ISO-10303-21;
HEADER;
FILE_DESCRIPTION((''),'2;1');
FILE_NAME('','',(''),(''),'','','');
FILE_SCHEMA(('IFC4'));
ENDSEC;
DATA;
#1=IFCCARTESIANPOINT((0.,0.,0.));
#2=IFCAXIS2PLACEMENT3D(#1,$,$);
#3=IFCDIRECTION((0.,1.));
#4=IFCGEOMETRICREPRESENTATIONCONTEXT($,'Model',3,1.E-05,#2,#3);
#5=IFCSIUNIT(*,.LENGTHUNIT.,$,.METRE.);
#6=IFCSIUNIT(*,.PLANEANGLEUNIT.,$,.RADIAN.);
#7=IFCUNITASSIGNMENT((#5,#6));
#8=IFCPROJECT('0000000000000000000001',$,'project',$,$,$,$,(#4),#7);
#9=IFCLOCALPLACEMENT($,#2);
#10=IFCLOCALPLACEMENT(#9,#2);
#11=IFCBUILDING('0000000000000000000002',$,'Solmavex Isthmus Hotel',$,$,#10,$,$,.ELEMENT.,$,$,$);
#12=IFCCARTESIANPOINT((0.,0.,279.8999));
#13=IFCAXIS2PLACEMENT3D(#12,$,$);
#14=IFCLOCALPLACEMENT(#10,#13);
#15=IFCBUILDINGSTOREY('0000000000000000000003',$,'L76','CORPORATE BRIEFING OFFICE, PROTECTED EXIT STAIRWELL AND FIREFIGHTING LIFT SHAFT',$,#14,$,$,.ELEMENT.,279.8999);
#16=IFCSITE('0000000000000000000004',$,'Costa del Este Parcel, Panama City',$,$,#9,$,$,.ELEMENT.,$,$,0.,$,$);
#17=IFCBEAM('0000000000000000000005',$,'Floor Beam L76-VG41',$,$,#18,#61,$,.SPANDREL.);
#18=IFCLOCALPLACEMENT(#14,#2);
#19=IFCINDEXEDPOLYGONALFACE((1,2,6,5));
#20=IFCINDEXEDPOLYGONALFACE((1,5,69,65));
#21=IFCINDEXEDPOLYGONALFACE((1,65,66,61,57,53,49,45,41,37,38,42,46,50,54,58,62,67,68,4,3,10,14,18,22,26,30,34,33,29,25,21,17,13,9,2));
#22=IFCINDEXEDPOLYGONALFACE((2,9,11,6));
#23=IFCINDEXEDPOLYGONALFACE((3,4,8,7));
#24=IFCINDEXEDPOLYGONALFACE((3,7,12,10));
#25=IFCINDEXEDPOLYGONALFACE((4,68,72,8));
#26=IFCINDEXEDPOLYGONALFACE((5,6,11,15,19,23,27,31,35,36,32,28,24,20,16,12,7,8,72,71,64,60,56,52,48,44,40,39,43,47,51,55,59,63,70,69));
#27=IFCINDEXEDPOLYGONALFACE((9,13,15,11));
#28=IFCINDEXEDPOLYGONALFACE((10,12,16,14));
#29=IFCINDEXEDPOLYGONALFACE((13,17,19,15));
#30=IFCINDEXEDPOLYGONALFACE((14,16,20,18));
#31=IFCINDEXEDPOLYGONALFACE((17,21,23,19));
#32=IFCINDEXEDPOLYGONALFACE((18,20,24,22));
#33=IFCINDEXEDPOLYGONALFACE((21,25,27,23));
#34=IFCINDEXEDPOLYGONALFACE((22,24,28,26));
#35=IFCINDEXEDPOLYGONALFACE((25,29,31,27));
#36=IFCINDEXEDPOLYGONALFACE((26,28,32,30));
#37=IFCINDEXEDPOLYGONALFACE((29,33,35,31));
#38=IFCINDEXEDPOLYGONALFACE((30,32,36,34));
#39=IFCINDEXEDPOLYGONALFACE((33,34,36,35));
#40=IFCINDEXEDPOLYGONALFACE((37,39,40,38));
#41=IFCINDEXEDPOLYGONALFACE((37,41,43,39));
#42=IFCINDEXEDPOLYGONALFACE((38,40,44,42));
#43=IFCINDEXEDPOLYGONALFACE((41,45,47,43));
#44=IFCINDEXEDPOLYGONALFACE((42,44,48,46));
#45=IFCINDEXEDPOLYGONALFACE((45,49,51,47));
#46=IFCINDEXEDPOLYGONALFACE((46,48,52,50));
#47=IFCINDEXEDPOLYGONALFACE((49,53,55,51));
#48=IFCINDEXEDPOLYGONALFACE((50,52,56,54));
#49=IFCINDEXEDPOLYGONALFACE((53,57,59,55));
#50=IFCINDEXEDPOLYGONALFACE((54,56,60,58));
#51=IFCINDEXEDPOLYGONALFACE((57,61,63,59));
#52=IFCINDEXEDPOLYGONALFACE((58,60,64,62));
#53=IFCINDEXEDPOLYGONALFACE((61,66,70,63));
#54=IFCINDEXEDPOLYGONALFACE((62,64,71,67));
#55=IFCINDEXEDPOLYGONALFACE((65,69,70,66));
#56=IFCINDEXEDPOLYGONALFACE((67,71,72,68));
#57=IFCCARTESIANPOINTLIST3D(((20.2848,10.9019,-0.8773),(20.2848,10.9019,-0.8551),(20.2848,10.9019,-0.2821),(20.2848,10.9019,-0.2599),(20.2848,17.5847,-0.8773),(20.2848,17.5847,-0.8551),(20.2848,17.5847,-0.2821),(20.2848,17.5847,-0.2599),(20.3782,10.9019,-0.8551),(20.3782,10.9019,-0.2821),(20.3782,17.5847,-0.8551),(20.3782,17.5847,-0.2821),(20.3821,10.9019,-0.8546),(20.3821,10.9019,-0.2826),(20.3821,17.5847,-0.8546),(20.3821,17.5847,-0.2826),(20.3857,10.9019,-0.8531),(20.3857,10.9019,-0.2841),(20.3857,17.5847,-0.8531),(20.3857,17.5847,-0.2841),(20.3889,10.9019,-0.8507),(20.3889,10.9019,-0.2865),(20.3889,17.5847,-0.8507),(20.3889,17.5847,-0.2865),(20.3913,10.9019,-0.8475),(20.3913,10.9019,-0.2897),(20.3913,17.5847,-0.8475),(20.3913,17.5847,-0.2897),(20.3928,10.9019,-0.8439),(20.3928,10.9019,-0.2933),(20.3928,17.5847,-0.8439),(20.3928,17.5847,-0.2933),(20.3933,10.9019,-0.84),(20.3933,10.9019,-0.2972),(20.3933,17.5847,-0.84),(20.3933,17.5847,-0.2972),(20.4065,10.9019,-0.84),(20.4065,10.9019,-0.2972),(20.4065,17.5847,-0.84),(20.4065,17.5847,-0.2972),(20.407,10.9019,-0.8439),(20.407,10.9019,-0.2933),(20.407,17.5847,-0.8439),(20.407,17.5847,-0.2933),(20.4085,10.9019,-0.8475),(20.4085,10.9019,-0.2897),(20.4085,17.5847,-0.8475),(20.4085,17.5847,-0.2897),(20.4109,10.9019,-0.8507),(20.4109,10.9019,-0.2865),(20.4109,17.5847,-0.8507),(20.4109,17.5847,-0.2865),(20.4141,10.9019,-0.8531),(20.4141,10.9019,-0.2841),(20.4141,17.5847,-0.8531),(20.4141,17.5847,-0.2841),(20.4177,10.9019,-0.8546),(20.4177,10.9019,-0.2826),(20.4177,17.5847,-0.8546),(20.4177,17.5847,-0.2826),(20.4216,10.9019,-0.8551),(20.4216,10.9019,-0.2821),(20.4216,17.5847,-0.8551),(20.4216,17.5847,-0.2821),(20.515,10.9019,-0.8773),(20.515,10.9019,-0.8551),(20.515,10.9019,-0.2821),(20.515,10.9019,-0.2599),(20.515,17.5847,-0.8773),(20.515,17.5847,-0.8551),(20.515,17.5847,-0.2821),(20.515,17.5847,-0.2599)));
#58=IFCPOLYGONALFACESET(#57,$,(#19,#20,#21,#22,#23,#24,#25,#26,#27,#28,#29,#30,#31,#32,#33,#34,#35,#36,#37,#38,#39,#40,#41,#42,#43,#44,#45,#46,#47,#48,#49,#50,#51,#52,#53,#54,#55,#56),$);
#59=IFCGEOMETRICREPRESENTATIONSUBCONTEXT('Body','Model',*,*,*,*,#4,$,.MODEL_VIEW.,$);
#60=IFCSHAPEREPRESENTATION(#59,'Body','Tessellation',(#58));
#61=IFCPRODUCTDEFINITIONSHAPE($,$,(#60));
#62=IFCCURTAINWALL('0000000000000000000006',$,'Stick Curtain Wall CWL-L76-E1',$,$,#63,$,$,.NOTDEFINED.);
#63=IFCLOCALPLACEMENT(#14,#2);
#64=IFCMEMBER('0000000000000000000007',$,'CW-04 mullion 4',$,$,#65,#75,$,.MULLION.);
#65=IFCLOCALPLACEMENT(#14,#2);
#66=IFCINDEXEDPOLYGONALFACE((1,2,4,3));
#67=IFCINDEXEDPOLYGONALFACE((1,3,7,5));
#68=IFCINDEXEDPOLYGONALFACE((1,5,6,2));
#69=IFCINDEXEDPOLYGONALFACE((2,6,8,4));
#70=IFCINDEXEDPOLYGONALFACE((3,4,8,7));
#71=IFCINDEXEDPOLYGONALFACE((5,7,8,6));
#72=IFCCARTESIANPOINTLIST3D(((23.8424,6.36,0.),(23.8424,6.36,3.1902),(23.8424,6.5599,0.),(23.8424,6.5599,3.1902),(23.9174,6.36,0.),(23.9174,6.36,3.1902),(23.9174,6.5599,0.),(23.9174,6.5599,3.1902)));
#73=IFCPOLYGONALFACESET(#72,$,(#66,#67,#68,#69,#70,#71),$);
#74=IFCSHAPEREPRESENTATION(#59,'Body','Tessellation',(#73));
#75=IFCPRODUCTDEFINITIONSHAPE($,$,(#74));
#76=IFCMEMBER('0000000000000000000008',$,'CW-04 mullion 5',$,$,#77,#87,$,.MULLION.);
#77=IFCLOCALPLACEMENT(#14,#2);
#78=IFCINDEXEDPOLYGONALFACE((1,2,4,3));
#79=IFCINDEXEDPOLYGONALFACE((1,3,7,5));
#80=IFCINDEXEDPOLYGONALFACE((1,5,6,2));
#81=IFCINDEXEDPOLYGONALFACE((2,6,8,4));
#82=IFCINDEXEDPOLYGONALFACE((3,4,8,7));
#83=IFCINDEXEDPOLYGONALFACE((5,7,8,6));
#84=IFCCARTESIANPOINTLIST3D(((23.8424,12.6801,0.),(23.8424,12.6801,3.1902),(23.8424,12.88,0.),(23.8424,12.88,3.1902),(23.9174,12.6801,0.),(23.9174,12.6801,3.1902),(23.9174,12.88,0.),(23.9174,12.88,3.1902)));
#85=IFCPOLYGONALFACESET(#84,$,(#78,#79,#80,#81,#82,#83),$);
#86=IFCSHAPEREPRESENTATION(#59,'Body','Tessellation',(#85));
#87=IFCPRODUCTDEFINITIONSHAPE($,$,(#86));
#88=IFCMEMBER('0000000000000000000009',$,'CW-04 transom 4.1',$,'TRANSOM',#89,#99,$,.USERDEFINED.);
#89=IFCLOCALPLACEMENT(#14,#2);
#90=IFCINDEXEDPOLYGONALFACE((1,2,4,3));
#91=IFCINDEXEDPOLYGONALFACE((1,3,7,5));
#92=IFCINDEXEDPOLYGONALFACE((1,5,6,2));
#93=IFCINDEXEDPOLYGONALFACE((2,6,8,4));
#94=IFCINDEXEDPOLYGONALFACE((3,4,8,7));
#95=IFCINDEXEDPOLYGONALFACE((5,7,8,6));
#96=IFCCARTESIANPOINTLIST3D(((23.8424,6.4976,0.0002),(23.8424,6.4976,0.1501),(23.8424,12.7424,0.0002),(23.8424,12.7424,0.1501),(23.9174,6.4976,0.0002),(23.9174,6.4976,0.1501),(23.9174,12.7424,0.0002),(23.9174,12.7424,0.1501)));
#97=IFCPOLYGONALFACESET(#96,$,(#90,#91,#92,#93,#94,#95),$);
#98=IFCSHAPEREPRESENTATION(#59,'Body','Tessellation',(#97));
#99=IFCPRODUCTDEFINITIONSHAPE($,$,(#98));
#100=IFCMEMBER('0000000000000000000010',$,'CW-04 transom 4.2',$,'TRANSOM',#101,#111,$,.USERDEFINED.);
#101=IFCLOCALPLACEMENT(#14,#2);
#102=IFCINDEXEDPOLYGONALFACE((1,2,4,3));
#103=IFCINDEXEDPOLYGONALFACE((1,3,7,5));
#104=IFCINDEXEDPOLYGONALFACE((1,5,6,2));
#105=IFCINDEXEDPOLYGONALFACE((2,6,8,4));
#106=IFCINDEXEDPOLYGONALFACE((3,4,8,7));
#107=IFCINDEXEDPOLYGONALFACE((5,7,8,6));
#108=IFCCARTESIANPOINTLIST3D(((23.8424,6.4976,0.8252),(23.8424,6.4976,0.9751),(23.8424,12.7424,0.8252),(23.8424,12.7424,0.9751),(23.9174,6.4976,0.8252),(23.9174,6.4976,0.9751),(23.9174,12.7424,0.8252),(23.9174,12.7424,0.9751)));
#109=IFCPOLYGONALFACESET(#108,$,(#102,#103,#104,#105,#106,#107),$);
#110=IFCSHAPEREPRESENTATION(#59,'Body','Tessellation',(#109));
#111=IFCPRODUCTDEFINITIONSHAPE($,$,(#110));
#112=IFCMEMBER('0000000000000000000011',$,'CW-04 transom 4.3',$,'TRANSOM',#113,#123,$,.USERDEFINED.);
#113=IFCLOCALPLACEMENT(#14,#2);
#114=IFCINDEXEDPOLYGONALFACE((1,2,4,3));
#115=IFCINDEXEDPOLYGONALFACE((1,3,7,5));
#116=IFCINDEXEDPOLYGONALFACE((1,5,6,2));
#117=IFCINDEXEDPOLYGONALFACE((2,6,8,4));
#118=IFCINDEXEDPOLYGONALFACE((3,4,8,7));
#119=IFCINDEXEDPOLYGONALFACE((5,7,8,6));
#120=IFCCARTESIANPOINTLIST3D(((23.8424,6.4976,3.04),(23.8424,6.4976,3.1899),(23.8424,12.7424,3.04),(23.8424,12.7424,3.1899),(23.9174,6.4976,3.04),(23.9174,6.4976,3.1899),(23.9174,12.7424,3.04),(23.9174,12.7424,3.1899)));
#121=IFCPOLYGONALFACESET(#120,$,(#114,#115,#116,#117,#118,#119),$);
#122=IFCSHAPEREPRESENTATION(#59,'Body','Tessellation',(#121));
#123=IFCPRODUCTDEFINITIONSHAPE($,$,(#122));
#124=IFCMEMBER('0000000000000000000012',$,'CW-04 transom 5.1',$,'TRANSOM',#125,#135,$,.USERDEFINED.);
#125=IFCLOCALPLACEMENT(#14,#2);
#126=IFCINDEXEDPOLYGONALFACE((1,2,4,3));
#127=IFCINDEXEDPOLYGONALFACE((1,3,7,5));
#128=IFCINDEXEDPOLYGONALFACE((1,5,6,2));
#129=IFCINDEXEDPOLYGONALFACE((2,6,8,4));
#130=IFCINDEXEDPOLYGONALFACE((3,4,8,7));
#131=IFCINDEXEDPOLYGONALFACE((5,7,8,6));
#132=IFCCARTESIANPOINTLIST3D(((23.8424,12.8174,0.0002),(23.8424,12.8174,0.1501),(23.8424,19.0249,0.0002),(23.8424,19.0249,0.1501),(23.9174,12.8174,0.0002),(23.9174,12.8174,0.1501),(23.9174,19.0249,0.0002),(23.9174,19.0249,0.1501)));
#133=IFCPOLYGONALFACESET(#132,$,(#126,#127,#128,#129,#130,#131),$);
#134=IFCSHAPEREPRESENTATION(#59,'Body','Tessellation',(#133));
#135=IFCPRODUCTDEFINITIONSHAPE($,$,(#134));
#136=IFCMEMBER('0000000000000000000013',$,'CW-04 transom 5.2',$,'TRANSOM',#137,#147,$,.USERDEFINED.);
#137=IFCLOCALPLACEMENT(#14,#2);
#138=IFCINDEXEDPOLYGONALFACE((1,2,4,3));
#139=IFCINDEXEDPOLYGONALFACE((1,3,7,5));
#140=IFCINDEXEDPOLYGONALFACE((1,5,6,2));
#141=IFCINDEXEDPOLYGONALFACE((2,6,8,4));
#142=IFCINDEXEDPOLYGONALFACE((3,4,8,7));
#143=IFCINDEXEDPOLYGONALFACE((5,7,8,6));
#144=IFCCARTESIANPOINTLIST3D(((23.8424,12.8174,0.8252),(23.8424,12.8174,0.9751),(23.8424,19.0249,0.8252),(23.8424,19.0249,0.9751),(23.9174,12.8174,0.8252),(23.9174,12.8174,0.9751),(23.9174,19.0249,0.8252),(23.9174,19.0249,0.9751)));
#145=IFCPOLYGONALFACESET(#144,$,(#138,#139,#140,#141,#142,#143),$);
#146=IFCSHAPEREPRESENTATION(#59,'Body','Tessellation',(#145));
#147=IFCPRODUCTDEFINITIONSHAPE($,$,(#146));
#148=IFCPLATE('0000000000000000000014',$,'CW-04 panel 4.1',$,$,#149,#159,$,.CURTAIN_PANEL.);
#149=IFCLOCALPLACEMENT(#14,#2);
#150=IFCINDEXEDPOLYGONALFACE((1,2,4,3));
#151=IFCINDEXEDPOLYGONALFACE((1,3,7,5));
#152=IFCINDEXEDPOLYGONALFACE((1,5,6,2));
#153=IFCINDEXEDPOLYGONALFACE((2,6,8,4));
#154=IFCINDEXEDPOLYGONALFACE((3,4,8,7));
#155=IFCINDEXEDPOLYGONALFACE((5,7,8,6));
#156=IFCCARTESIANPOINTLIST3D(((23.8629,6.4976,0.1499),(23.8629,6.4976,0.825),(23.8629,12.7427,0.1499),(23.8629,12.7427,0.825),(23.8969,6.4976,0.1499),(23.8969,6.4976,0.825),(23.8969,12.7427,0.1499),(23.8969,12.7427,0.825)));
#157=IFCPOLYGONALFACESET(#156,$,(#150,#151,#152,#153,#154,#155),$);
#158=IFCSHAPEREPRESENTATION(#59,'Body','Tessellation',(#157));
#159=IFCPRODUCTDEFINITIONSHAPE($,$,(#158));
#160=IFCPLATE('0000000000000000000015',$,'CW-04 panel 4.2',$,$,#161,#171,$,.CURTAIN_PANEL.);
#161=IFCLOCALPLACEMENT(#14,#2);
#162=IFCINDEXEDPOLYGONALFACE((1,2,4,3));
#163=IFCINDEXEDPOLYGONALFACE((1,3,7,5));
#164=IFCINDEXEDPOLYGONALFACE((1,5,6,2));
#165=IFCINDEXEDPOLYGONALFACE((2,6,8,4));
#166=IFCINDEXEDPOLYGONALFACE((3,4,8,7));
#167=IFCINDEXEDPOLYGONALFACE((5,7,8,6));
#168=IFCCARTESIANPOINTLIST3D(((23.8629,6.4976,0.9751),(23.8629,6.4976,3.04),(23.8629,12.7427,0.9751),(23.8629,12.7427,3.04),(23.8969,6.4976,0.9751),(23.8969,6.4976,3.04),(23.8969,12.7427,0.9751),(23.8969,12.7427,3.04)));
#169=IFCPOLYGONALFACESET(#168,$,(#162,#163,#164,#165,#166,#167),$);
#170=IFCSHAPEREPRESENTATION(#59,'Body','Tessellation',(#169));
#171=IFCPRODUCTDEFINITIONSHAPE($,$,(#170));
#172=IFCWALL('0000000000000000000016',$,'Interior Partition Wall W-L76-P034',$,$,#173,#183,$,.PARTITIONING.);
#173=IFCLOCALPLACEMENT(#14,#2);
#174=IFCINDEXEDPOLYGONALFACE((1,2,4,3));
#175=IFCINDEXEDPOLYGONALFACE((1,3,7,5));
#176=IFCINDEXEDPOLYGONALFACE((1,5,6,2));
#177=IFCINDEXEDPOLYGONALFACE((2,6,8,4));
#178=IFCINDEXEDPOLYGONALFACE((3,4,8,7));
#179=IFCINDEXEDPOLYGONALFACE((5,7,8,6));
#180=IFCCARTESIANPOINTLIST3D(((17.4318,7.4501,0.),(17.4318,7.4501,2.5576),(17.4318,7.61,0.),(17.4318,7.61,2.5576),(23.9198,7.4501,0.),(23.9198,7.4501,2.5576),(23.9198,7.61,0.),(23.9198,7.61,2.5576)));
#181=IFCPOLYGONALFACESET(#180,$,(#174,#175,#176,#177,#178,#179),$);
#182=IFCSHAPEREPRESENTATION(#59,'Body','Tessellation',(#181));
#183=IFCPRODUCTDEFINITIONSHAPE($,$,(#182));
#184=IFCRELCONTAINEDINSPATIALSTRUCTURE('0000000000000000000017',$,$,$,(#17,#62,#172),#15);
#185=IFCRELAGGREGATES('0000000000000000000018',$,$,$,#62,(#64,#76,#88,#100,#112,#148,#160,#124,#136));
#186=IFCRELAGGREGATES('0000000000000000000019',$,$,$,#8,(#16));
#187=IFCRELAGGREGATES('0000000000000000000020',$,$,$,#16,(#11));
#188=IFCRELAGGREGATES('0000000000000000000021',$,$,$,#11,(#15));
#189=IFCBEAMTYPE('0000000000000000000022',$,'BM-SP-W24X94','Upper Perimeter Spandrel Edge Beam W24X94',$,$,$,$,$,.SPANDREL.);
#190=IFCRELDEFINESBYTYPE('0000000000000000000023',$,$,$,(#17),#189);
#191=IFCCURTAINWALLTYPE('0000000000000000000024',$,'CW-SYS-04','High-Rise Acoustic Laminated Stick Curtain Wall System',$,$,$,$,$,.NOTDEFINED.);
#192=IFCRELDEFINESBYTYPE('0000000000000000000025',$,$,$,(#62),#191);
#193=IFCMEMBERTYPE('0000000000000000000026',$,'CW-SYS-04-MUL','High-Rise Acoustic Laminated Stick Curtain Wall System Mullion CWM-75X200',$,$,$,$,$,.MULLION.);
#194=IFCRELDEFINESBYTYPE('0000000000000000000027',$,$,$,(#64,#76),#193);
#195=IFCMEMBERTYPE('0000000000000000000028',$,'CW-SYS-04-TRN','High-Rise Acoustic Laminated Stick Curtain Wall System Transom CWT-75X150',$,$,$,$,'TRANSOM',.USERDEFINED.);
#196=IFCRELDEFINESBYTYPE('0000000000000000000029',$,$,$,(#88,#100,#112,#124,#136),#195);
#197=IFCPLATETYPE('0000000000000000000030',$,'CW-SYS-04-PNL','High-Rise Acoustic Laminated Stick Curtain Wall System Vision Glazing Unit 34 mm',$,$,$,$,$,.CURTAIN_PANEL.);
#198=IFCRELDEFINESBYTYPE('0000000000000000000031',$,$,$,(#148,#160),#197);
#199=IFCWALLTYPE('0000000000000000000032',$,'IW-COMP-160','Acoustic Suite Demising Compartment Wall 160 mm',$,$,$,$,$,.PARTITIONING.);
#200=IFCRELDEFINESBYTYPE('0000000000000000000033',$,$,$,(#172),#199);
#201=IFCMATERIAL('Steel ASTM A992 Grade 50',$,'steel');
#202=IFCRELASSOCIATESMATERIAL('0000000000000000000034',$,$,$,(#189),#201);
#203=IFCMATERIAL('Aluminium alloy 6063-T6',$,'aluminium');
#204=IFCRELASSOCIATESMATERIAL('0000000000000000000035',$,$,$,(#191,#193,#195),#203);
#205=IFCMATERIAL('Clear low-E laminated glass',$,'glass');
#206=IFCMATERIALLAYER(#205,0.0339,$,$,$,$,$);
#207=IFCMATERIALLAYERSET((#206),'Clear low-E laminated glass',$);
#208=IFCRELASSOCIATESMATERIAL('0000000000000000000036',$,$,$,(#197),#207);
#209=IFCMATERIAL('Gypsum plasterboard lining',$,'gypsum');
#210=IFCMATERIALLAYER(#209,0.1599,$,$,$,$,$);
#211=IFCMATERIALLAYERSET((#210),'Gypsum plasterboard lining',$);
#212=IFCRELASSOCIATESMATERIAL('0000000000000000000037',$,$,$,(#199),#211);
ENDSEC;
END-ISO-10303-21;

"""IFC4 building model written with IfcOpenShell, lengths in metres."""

from ifc_helpers import new_model, si_unit, direction, frame, frame_2d, origin, origin_2d, place, context, subcontext, project, spatial, rectangle, i_section, extrude, material, layer, layer_set, material_profile, profile_set, type_object, element, aggregate, save


model = new_model("IFC4")

# Units and contexts
model_context = context("Model", 3, precision=1e-05, world=origin(), true_north=direction((0.0, 1.0)))
body_context = subcontext(model_context, "Body", "Model", "MODEL_VIEW")
ifc_project = project(units=[si_unit("LENGTHUNIT", "METRE"), si_unit("PLANEANGLEUNIT", "RADIAN")], contexts=[model_context])

# Site, building, storey
site_placement = place(None, origin())
site = spatial("IfcSite", under=ifc_project, at=site_placement, Name="Costa del Este Parcel, Panama City", CompositionType="ELEMENT", RefElevation=0.0)
building_placement = place(site_placement, origin())
building = spatial("IfcBuilding", under=site, at=building_placement, Name="Solmavex Isthmus Hotel", CompositionType="ELEMENT")
storey_placement = place(building_placement, frame((0.0, 0.0, 279.8999)))
storey = spatial("IfcBuildingStorey", under=building, at=storey_placement, Name="L76", Description="CORPORATE BRIEFING OFFICE, PROTECTED EXIT STAIRWELL AND FIREFIGHTING LIFT SHAFT", CompositionType="ELEMENT", Elevation=279.8999)

# Beam
ifc_material_1 = material(Name="Steel ASTM A992 Grade 50", Category="steel")
ifc_material_profile_1 = material_profile(ifc_material_1, i_section(OverallWidth=0.2302, OverallDepth=0.6174, WebThickness=0.0132, FlangeThickness=0.0222, FilletRadius=0.0151, at=origin_2d()), Name="W24X94")
ifc_profile_set_1 = profile_set([ifc_material_profile_1], Name="Steel ASTM A992 Grade 50")
beam_type_1 = type_object("IfcBeamType", Name="BM-SP-W24X94", Description="Upper Perimeter Spandrel Edge Beam W24X94", PredefinedType="SPANDREL", material=ifc_profile_set_1)
beam_1_placement = place(storey_placement, frame((20.3999, 10.9019, -0.5686), z_axis=(0.0, 1.0, 0.0), x_axis=(-1.0, 0.0, 0.0)))
element("IfcBeam", 1, at=beam_1_placement, inside=storey, type_object=beam_type_1, Name="Floor Beam L76-VG41", PredefinedType="SPANDREL", context=body_context, shape_type="SweptSolid", body=[
    extrude(i_section(OverallWidth=0.2302, OverallDepth=0.6174, WebThickness=0.0132, FlangeThickness=0.0222, FilletRadius=0.0151, at=origin_2d()), origin(), (0.0, 0.0, 1.0), 6.6829),
])

# Curtain wall, members, plates
ifc_material_2 = material(Name="Aluminium alloy 6063-T6", Category="aluminium")
curtain_wall_type = type_object("IfcCurtainWallType", Name="CW-SYS-04", Description="High-Rise Acoustic Laminated Stick Curtain Wall System", PredefinedType="NOTDEFINED", material=ifc_material_2)
curtain_wall_placement = place(storey_placement, origin())
curtain_wall = element("IfcCurtainWall", 2, at=curtain_wall_placement, inside=storey, type_object=curtain_wall_type, Name="Stick Curtain Wall CWL-L76-E1", PredefinedType="NOTDEFINED")
ifc_material_profile_2 = material_profile(ifc_material_2, rectangle(XDim=0.075, YDim=0.2, at=origin_2d()), Name="CWM-75X200")
ifc_profile_set_2 = profile_set([ifc_material_profile_2], Name="Aluminium alloy 6063-T6")
member_type_1 = type_object("IfcMemberType", Name="CW-SYS-04-MUL", Description="High-Rise Acoustic Laminated Stick Curtain Wall System Mullion CWM-75X200", PredefinedType="MULLION", material=ifc_profile_set_2)
member_1_placement = place(storey_placement, frame((23.8799, 6.46, 0.0), z_axis=(0.0, 0.0, 1.0), x_axis=(-1.0, 0.0, 0.0)))
member_1 = element("IfcMember", 3, at=member_1_placement, type_object=member_type_1, Name="CW-04 mullion 4", PredefinedType="MULLION", context=body_context, shape_type="SweptSolid", body=[
    extrude(rectangle(XDim=0.075, YDim=0.2, at=origin_2d()), origin(), (0.0, 0.0, 1.0), 3.1902),
])
member_2_placement = place(storey_placement, frame((23.8799, 12.78, 0.0), z_axis=(0.0, 0.0, 1.0), x_axis=(-1.0, 0.0, 0.0)))
member_2 = element("IfcMember", 4, at=member_2_placement, type_object=member_type_1, Name="CW-04 mullion 5", PredefinedType="MULLION", context=body_context, shape_type="SweptSolid", body=[
    extrude(rectangle(XDim=0.075, YDim=0.2, at=origin_2d()), origin(), (0.0, 0.0, 1.0), 3.1902),
])
ifc_material_profile_3 = material_profile(ifc_material_2, rectangle(XDim=0.075, YDim=0.1499, at=origin_2d()), Name="CWT-75X150")
ifc_profile_set_3 = profile_set([ifc_material_profile_3], Name="Aluminium alloy 6063-T6")
member_type_2 = type_object("IfcMemberType", Name="CW-SYS-04-TRN", Description="High-Rise Acoustic Laminated Stick Curtain Wall System Transom CWT-75X150", ElementType="TRANSOM", PredefinedType="USERDEFINED", material=ifc_profile_set_3)
member_3_placement = place(storey_placement, frame((23.8799, 6.4976, 0.0752), z_axis=(0.0, 1.0, 0.0), x_axis=(-1.0, 0.0, 0.0)))
member_3 = element("IfcMember", 5, at=member_3_placement, type_object=member_type_2, Name="CW-04 transom 4.1", ObjectType="TRANSOM", PredefinedType="USERDEFINED", context=body_context, shape_type="SweptSolid", body=[
    extrude(rectangle(XDim=0.075, YDim=0.1499, at=origin_2d()), origin(), (0.0, 0.0, 1.0), 6.2449),
])
member_4_placement = place(storey_placement, frame((23.8799, 6.4976, 0.9001), z_axis=(0.0, 1.0, 0.0), x_axis=(-1.0, 0.0, 0.0)))
member_4 = element("IfcMember", 6, at=member_4_placement, type_object=member_type_2, Name="CW-04 transom 4.2", ObjectType="TRANSOM", PredefinedType="USERDEFINED", context=body_context, shape_type="SweptSolid", body=[
    extrude(rectangle(XDim=0.075, YDim=0.1499, at=origin_2d()), origin(), (0.0, 0.0, 1.0), 6.2449),
])
member_5_placement = place(storey_placement, frame((23.8799, 6.4976, 3.115), z_axis=(0.0, 1.0, 0.0), x_axis=(-1.0, 0.0, 0.0)))
member_5 = element("IfcMember", 7, at=member_5_placement, type_object=member_type_2, Name="CW-04 transom 4.3", ObjectType="TRANSOM", PredefinedType="USERDEFINED", context=body_context, shape_type="SweptSolid", body=[
    extrude(rectangle(XDim=0.075, YDim=0.1499, at=origin_2d()), origin(), (0.0, 0.0, 1.0), 6.2449),
])
member_6_placement = place(storey_placement, frame((23.8799, 12.8174, 0.0752), z_axis=(0.0, 1.0, 0.0), x_axis=(-1.0, 0.0, 0.0)))
member_6 = element("IfcMember", 8, at=member_6_placement, type_object=member_type_2, Name="CW-04 transom 5.1", ObjectType="TRANSOM", PredefinedType="USERDEFINED", context=body_context, shape_type="SweptSolid", body=[
    extrude(rectangle(XDim=0.075, YDim=0.1499, at=origin_2d()), origin(), (0.0, 0.0, 1.0), 6.2075),
])
member_7_placement = place(storey_placement, frame((23.8799, 12.8174, 0.9001), z_axis=(0.0, 1.0, 0.0), x_axis=(-1.0, 0.0, 0.0)))
member_7 = element("IfcMember", 9, at=member_7_placement, type_object=member_type_2, Name="CW-04 transom 5.2", ObjectType="TRANSOM", PredefinedType="USERDEFINED", context=body_context, shape_type="SweptSolid", body=[
    extrude(rectangle(XDim=0.075, YDim=0.1499, at=origin_2d()), origin(), (0.0, 0.0, 1.0), 6.2075),
])
ifc_material_3 = material(Name="Clear low-E laminated glass", Category="glass")
ifc_layer_1 = layer(ifc_material_3, 0.0339)
ifc_layer_set_1 = layer_set([ifc_layer_1], Name="Clear low-E laminated glass")
plate_type = type_object("IfcPlateType", Name="CW-SYS-04-PNL", Description="High-Rise Acoustic Laminated Stick Curtain Wall System Vision Glazing Unit 34 mm", PredefinedType="CURTAIN_PANEL", material=ifc_layer_set_1)
plate_1_placement = place(storey_placement, frame((23.8799, 9.6201, 0.1499), z_axis=(0.0, 0.0, 1.0), x_axis=(0.0, 1.0, 0.0)))
plate_1 = element("IfcPlate", 10, at=plate_1_placement, type_object=plate_type, Name="CW-04 panel 4.1", PredefinedType="CURTAIN_PANEL", context=body_context, shape_type="SweptSolid", body=[
    extrude(rectangle(XDim=6.2451, YDim=0.0339, at=origin_2d()), origin(), (0.0, 0.0, 1.0), 0.675),
])
plate_2_placement = place(storey_placement, frame((23.8799, 9.6201, 0.9751), z_axis=(0.0, 0.0, 1.0), x_axis=(0.0, 1.0, 0.0)))
plate_2 = element("IfcPlate", 11, at=plate_2_placement, type_object=plate_type, Name="CW-04 panel 4.2", PredefinedType="CURTAIN_PANEL", context=body_context, shape_type="SweptSolid", body=[
    extrude(rectangle(XDim=6.2451, YDim=0.0339, at=origin_2d()), origin(), (0.0, 0.0, 1.0), 2.0649),
])
aggregate(curtain_wall, [member_1, member_2, member_3, member_4, member_5, plate_1, plate_2, member_6, member_7])

# Wall
ifc_material_4 = material(Name="Gypsum plasterboard lining", Category="gypsum")
ifc_layer_2 = layer(ifc_material_4, 0.1599)
ifc_layer_set_2 = layer_set([ifc_layer_2], Name="Gypsum plasterboard lining")
wall_type_1 = type_object("IfcWallType", Name="IW-COMP-160", Description="Acoustic Suite Demising Compartment Wall 160 mm", PredefinedType="PARTITIONING", material=ifc_layer_set_2)
wall_1_placement = place(storey_placement, frame((23.9199, 7.53, 0.0), z_axis=(0.0, 0.0, 1.0), x_axis=(-1.0, 0.0, 0.0)))
element("IfcWall", 12, at=wall_1_placement, inside=storey, type_object=wall_type_1, Name="Interior Partition Wall W-L76-P034", PredefinedType="PARTITIONING", context=body_context, shape_type="SweptSolid", body=[
    extrude(rectangle(XDim=6.488, YDim=0.1599, at=frame_2d((3.2441, 0.0))), origin(), (0.0, 0.0, 1.0), 2.5576),
])

save(model, "model.ifc")
